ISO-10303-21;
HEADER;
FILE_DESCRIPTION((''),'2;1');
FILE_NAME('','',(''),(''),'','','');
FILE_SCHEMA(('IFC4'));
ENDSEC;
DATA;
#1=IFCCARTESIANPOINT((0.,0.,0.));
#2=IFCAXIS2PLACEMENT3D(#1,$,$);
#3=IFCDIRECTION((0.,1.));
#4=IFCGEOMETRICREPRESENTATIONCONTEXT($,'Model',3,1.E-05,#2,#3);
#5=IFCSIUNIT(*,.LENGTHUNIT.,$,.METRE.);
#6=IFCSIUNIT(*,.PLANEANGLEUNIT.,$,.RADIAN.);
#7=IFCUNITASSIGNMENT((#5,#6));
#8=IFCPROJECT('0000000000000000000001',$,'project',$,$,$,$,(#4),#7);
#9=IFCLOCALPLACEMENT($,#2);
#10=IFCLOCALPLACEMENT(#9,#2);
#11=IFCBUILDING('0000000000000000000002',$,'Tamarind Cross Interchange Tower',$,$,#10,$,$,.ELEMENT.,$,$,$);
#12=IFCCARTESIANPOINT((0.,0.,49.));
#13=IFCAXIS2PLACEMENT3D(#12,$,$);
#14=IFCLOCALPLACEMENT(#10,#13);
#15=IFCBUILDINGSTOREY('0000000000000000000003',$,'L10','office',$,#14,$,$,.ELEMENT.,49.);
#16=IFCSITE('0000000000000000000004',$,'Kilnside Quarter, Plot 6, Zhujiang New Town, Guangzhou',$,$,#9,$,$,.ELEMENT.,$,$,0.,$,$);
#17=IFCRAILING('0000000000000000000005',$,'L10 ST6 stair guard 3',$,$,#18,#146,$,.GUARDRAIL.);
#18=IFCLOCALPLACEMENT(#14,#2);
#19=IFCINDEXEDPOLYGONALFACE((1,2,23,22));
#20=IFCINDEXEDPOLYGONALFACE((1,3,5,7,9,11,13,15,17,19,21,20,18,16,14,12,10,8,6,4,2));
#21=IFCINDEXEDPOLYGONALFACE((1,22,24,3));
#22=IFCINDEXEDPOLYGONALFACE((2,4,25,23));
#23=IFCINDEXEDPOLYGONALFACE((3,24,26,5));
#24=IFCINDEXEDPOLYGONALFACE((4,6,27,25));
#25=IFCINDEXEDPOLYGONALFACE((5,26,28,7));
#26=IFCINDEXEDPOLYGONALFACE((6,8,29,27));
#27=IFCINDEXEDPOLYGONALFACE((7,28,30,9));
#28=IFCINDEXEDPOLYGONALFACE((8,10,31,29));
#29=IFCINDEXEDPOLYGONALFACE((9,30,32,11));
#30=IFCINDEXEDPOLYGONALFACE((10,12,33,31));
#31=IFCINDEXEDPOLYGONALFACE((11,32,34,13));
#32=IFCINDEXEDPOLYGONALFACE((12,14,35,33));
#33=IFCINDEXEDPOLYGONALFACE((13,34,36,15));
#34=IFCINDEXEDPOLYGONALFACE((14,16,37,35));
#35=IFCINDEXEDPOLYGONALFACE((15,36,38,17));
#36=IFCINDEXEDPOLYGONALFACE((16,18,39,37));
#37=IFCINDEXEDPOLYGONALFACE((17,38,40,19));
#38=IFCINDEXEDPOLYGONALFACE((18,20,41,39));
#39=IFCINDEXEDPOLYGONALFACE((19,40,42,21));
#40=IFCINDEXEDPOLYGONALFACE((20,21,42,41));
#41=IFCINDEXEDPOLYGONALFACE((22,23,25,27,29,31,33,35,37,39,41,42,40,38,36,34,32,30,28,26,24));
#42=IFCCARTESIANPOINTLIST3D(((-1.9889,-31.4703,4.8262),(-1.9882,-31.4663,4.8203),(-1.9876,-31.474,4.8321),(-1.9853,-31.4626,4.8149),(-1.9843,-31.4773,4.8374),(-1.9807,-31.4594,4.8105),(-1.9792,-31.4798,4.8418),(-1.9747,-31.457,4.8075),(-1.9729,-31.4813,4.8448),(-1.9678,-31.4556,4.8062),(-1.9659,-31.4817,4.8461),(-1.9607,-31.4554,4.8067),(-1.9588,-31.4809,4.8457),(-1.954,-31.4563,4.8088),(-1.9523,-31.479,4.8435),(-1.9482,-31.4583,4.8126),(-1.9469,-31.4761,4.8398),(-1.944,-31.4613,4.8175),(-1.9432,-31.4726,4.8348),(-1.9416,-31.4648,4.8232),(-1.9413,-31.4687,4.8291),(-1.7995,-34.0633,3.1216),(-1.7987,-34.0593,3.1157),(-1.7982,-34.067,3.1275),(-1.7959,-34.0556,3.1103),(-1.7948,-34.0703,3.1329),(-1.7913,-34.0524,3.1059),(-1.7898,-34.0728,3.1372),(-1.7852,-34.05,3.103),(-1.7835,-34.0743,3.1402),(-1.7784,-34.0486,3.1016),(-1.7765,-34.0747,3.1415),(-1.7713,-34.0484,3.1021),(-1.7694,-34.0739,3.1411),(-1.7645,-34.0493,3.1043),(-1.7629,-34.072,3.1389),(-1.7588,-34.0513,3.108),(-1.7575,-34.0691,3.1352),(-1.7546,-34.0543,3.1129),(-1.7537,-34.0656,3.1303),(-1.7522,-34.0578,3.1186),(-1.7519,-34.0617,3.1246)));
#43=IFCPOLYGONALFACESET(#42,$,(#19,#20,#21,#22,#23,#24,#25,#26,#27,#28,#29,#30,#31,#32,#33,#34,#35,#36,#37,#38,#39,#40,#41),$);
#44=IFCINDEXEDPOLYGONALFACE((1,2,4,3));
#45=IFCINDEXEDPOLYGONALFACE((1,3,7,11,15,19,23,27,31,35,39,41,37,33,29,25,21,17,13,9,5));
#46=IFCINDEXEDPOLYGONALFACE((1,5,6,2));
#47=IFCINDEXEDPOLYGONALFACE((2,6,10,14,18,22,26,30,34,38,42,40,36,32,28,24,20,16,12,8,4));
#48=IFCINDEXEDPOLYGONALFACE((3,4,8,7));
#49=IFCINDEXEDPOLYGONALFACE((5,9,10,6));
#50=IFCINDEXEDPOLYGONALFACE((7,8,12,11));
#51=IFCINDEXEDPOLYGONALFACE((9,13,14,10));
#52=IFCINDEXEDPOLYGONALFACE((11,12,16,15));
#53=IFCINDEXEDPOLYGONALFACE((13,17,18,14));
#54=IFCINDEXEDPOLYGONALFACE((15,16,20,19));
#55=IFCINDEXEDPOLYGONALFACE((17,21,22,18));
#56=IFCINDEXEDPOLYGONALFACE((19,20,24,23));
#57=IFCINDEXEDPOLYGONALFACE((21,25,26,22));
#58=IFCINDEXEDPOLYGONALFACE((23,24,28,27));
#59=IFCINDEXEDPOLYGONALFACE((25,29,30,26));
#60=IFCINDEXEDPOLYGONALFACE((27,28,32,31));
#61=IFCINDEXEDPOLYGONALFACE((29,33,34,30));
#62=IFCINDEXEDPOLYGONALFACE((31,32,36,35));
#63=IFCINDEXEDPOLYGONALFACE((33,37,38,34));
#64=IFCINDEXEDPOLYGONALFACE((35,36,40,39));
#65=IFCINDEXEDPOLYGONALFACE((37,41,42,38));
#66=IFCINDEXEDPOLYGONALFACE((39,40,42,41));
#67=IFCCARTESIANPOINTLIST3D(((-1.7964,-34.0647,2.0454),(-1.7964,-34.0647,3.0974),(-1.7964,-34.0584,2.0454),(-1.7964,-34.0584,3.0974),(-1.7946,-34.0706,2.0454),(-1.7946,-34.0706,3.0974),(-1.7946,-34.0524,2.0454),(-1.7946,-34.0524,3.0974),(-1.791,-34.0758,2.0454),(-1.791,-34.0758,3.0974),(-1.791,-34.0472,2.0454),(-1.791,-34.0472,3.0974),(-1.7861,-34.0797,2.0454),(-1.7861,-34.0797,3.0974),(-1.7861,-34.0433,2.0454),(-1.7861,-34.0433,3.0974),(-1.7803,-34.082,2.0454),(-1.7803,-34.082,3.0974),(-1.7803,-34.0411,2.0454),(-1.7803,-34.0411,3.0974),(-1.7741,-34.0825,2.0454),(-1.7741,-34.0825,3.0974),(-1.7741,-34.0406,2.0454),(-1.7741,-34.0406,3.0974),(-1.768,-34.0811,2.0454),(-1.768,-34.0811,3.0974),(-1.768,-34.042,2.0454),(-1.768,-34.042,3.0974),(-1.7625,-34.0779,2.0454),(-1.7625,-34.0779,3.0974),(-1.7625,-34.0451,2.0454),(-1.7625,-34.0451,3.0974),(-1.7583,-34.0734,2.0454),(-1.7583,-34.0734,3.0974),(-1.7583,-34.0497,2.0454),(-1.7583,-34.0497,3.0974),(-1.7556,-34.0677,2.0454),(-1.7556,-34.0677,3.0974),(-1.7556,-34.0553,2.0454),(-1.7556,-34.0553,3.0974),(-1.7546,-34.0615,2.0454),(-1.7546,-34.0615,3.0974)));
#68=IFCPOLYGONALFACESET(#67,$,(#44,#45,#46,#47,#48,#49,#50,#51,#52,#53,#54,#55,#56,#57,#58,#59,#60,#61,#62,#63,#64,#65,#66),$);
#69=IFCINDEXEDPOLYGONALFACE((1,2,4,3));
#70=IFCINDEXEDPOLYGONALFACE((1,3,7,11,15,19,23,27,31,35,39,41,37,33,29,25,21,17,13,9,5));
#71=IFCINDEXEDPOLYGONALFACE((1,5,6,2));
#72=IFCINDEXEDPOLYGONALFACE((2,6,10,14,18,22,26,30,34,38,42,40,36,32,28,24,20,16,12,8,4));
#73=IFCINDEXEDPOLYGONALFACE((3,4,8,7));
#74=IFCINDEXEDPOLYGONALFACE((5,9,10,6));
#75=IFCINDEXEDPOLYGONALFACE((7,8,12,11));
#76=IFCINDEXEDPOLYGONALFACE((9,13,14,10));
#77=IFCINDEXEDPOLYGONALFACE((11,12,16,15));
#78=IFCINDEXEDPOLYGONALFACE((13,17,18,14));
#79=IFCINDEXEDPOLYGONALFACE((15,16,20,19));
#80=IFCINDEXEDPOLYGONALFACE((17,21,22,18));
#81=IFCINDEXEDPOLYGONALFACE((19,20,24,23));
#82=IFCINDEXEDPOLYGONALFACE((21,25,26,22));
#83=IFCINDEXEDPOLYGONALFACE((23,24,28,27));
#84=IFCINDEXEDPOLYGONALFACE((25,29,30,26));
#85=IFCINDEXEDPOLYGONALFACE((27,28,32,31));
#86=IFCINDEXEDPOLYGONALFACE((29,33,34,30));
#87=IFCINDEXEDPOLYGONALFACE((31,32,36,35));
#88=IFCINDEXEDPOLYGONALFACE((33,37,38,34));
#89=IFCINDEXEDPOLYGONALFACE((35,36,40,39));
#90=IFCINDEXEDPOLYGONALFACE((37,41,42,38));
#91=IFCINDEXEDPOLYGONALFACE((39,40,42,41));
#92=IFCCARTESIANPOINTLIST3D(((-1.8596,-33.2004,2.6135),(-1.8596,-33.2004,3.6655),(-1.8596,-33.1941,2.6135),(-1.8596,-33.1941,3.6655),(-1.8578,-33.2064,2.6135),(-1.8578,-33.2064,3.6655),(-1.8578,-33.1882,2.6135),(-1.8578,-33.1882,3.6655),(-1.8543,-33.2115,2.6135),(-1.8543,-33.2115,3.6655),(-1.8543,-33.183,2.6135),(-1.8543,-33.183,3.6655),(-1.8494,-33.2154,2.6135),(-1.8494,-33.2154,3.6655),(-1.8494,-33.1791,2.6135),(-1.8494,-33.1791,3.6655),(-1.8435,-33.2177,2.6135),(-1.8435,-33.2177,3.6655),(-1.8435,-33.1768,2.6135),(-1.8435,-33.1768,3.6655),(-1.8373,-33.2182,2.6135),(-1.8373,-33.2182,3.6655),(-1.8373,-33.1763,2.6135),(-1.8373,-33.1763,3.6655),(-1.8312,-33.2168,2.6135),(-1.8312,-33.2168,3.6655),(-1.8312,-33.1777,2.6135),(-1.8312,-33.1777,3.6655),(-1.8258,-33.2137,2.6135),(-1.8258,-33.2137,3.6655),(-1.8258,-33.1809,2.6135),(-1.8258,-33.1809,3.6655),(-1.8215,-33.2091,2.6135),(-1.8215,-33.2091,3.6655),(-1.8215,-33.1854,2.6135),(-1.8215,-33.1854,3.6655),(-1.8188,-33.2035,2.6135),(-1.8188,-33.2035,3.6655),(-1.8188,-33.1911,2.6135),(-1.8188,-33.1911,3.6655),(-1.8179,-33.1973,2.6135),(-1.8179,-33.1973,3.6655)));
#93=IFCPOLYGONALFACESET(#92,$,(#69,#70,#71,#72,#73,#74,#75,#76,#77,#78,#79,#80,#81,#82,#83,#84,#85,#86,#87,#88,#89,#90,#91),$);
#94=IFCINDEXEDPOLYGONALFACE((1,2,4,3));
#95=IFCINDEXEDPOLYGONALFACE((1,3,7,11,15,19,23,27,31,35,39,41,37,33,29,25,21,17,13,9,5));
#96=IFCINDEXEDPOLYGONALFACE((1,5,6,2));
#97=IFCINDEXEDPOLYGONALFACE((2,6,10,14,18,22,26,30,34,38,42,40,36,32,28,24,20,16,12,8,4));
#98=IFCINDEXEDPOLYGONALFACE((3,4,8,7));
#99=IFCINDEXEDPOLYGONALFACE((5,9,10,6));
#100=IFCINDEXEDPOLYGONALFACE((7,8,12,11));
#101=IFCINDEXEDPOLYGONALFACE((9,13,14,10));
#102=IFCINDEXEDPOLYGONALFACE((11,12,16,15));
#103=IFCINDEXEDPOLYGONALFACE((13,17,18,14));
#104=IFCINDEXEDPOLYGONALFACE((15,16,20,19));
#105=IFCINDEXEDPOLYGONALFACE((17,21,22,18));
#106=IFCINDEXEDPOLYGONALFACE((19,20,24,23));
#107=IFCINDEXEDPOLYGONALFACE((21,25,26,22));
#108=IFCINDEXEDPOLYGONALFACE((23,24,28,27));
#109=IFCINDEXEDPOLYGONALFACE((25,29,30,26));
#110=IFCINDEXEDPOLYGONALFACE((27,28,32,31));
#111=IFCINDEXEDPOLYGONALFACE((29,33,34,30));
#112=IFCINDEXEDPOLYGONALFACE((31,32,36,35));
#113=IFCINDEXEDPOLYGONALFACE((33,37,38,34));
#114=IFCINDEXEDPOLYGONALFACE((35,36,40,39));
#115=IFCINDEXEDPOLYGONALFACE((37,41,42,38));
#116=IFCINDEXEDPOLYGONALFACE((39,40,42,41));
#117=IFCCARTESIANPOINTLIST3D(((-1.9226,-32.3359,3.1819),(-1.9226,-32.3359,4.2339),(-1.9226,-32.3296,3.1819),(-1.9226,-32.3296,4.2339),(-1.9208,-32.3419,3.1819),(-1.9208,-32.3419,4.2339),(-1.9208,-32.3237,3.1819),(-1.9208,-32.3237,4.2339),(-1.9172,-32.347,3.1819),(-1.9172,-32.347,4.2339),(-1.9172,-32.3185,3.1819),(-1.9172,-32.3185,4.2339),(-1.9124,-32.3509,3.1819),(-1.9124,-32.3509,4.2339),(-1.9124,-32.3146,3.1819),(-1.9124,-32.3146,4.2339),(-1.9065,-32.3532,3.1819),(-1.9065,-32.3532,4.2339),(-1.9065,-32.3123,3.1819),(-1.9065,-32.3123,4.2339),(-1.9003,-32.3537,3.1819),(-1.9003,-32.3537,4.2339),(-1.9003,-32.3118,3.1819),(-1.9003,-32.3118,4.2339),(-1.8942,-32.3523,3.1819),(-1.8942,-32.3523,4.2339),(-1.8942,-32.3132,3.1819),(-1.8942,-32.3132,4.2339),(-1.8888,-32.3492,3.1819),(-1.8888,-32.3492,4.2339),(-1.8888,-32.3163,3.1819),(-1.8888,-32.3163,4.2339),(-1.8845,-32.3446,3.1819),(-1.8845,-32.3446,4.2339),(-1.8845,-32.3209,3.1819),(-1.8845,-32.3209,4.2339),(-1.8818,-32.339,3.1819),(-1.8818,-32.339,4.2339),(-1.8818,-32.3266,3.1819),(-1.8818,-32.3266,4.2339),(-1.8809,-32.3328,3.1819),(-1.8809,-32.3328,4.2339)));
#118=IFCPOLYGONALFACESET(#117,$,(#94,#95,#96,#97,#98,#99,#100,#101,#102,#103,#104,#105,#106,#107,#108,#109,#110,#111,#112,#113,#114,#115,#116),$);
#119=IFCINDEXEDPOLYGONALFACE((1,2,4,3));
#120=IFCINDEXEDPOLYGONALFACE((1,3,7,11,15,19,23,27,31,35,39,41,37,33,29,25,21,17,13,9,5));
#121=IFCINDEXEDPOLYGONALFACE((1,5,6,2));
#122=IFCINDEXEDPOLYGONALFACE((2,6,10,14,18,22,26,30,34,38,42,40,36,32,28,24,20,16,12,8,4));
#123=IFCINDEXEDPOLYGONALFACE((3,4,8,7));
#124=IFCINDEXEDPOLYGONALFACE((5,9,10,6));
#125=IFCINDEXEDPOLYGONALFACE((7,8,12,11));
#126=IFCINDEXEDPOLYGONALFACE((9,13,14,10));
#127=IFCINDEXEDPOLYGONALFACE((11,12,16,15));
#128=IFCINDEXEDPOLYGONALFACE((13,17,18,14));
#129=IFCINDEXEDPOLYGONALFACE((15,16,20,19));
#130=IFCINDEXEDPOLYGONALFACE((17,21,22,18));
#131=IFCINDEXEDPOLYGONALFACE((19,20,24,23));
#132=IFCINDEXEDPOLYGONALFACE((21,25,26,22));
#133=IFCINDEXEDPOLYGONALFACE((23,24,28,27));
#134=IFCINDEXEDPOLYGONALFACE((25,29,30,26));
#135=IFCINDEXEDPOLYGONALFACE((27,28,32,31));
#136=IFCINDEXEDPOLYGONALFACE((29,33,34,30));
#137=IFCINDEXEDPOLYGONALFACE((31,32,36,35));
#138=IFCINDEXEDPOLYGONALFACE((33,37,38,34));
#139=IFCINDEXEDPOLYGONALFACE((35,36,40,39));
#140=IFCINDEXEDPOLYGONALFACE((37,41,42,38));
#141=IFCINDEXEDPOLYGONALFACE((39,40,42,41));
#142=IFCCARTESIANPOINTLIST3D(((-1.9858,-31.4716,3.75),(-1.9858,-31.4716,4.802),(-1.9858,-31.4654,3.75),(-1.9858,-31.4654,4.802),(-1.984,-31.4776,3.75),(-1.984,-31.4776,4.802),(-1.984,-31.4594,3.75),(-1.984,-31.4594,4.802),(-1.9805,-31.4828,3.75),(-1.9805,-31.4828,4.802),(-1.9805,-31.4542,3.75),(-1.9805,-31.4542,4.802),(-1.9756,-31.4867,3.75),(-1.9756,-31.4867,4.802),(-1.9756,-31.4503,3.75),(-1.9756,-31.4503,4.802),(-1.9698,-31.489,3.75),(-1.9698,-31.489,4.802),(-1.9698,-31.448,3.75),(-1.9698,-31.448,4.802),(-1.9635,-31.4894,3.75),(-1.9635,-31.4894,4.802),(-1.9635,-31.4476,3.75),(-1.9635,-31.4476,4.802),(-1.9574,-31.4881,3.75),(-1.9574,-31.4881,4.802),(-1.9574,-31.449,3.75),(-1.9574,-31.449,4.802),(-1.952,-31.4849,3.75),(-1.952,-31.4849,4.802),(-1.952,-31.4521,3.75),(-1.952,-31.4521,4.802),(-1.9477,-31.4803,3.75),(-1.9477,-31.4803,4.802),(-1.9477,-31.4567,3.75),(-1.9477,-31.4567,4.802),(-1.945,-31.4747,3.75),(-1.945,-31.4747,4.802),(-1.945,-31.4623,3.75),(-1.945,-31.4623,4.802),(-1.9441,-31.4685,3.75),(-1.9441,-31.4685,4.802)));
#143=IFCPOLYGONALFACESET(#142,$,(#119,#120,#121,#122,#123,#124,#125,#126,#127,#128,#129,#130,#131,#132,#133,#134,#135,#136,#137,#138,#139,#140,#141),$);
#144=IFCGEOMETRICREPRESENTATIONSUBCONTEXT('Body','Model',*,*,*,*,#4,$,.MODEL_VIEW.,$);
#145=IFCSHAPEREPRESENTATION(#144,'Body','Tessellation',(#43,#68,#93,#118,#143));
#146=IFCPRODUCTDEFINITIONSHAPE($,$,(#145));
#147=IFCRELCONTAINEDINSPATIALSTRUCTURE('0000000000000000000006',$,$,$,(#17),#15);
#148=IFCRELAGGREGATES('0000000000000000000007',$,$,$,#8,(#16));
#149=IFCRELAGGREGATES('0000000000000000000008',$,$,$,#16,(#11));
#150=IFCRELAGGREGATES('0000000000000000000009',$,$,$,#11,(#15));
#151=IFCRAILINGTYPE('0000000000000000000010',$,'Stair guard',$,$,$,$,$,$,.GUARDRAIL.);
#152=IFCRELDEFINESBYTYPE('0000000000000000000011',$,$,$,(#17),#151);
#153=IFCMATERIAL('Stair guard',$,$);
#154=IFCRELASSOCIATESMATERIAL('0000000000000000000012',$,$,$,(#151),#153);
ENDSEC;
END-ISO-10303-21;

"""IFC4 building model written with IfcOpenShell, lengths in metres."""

from ifc_helpers import new_model, si_unit, direction, frame, origin, origin_2d, place, context, subcontext, project, spatial, circle, extrude, material, type_object, element, save


model = new_model("IFC4")

# Units and contexts
model_context = context("Model", 3, precision=1e-05, world=origin(), true_north=direction((0.0, 1.0)))
body_context = subcontext(model_context, "Body", "Model", "MODEL_VIEW")
ifc_project = project(units=[si_unit("LENGTHUNIT", "METRE"), si_unit("PLANEANGLEUNIT", "RADIAN")], contexts=[model_context])

# Site, building, storey
site_placement = place(None, origin())
site = spatial("IfcSite", under=ifc_project, at=site_placement, Name="Kilnside Quarter, Plot 6, Zhujiang New Town, Guangzhou", CompositionType="ELEMENT", RefElevation=0.0)
building_placement = place(site_placement, origin())
building = spatial("IfcBuilding", under=site, at=building_placement, Name="Tamarind Cross Interchange Tower", CompositionType="ELEMENT")
storey_placement = place(building_placement, frame((0.0, 0.0, 49.0)))
storey = spatial("IfcBuildingStorey", under=building, at=storey_placement, Name="L10", Description="office", CompositionType="ELEMENT", Elevation=49.0)

# Railing
ifc_material_1 = material(Name="Stair guard")
railing_type_1 = type_object("IfcRailingType", Name="Stair guard", PredefinedType="GUARDRAIL", material=ifc_material_1)
railing_1_placement = place(storey_placement, frame((-1.7756, -34.0615, 2.0454)))
element("IfcRailing", 1, at=railing_1_placement, inside=storey, type_object=railing_type_1, Name="L10 ST6 stair guard 3", PredefinedType="GUARDRAIL", context=body_context, shape_type="SweptSolid", body=[
    extrude(circle(Radius=0.0239, at=origin_2d()), frame((0.0, 0.0, 1.0762), z_axis=(-0.060939, 0.834063, 0.548294), x_axis=(-0.997342, -0.072869, 0.0)), (0.0, 0.0, 1.0), 3.1089),
    extrude(circle(Radius=0.021, at=origin_2d()), origin(), (0.0, 0.0, 1.0), 1.052),
    extrude(circle(Radius=0.021, at=origin_2d()), frame((-0.0632, 0.8643, 0.5681)), (0.0, 0.0, 1.0), 1.052),
    extrude(circle(Radius=0.021, at=origin_2d()), frame((-0.1262, 1.7288, 1.1365)), (0.0, 0.0, 1.0), 1.052),
    extrude(circle(Radius=0.021, at=origin_2d()), frame((-0.1895, 2.593, 1.7046)), (0.0, 0.0, 1.0), 1.052),
])

save(model, "model.ifc")
